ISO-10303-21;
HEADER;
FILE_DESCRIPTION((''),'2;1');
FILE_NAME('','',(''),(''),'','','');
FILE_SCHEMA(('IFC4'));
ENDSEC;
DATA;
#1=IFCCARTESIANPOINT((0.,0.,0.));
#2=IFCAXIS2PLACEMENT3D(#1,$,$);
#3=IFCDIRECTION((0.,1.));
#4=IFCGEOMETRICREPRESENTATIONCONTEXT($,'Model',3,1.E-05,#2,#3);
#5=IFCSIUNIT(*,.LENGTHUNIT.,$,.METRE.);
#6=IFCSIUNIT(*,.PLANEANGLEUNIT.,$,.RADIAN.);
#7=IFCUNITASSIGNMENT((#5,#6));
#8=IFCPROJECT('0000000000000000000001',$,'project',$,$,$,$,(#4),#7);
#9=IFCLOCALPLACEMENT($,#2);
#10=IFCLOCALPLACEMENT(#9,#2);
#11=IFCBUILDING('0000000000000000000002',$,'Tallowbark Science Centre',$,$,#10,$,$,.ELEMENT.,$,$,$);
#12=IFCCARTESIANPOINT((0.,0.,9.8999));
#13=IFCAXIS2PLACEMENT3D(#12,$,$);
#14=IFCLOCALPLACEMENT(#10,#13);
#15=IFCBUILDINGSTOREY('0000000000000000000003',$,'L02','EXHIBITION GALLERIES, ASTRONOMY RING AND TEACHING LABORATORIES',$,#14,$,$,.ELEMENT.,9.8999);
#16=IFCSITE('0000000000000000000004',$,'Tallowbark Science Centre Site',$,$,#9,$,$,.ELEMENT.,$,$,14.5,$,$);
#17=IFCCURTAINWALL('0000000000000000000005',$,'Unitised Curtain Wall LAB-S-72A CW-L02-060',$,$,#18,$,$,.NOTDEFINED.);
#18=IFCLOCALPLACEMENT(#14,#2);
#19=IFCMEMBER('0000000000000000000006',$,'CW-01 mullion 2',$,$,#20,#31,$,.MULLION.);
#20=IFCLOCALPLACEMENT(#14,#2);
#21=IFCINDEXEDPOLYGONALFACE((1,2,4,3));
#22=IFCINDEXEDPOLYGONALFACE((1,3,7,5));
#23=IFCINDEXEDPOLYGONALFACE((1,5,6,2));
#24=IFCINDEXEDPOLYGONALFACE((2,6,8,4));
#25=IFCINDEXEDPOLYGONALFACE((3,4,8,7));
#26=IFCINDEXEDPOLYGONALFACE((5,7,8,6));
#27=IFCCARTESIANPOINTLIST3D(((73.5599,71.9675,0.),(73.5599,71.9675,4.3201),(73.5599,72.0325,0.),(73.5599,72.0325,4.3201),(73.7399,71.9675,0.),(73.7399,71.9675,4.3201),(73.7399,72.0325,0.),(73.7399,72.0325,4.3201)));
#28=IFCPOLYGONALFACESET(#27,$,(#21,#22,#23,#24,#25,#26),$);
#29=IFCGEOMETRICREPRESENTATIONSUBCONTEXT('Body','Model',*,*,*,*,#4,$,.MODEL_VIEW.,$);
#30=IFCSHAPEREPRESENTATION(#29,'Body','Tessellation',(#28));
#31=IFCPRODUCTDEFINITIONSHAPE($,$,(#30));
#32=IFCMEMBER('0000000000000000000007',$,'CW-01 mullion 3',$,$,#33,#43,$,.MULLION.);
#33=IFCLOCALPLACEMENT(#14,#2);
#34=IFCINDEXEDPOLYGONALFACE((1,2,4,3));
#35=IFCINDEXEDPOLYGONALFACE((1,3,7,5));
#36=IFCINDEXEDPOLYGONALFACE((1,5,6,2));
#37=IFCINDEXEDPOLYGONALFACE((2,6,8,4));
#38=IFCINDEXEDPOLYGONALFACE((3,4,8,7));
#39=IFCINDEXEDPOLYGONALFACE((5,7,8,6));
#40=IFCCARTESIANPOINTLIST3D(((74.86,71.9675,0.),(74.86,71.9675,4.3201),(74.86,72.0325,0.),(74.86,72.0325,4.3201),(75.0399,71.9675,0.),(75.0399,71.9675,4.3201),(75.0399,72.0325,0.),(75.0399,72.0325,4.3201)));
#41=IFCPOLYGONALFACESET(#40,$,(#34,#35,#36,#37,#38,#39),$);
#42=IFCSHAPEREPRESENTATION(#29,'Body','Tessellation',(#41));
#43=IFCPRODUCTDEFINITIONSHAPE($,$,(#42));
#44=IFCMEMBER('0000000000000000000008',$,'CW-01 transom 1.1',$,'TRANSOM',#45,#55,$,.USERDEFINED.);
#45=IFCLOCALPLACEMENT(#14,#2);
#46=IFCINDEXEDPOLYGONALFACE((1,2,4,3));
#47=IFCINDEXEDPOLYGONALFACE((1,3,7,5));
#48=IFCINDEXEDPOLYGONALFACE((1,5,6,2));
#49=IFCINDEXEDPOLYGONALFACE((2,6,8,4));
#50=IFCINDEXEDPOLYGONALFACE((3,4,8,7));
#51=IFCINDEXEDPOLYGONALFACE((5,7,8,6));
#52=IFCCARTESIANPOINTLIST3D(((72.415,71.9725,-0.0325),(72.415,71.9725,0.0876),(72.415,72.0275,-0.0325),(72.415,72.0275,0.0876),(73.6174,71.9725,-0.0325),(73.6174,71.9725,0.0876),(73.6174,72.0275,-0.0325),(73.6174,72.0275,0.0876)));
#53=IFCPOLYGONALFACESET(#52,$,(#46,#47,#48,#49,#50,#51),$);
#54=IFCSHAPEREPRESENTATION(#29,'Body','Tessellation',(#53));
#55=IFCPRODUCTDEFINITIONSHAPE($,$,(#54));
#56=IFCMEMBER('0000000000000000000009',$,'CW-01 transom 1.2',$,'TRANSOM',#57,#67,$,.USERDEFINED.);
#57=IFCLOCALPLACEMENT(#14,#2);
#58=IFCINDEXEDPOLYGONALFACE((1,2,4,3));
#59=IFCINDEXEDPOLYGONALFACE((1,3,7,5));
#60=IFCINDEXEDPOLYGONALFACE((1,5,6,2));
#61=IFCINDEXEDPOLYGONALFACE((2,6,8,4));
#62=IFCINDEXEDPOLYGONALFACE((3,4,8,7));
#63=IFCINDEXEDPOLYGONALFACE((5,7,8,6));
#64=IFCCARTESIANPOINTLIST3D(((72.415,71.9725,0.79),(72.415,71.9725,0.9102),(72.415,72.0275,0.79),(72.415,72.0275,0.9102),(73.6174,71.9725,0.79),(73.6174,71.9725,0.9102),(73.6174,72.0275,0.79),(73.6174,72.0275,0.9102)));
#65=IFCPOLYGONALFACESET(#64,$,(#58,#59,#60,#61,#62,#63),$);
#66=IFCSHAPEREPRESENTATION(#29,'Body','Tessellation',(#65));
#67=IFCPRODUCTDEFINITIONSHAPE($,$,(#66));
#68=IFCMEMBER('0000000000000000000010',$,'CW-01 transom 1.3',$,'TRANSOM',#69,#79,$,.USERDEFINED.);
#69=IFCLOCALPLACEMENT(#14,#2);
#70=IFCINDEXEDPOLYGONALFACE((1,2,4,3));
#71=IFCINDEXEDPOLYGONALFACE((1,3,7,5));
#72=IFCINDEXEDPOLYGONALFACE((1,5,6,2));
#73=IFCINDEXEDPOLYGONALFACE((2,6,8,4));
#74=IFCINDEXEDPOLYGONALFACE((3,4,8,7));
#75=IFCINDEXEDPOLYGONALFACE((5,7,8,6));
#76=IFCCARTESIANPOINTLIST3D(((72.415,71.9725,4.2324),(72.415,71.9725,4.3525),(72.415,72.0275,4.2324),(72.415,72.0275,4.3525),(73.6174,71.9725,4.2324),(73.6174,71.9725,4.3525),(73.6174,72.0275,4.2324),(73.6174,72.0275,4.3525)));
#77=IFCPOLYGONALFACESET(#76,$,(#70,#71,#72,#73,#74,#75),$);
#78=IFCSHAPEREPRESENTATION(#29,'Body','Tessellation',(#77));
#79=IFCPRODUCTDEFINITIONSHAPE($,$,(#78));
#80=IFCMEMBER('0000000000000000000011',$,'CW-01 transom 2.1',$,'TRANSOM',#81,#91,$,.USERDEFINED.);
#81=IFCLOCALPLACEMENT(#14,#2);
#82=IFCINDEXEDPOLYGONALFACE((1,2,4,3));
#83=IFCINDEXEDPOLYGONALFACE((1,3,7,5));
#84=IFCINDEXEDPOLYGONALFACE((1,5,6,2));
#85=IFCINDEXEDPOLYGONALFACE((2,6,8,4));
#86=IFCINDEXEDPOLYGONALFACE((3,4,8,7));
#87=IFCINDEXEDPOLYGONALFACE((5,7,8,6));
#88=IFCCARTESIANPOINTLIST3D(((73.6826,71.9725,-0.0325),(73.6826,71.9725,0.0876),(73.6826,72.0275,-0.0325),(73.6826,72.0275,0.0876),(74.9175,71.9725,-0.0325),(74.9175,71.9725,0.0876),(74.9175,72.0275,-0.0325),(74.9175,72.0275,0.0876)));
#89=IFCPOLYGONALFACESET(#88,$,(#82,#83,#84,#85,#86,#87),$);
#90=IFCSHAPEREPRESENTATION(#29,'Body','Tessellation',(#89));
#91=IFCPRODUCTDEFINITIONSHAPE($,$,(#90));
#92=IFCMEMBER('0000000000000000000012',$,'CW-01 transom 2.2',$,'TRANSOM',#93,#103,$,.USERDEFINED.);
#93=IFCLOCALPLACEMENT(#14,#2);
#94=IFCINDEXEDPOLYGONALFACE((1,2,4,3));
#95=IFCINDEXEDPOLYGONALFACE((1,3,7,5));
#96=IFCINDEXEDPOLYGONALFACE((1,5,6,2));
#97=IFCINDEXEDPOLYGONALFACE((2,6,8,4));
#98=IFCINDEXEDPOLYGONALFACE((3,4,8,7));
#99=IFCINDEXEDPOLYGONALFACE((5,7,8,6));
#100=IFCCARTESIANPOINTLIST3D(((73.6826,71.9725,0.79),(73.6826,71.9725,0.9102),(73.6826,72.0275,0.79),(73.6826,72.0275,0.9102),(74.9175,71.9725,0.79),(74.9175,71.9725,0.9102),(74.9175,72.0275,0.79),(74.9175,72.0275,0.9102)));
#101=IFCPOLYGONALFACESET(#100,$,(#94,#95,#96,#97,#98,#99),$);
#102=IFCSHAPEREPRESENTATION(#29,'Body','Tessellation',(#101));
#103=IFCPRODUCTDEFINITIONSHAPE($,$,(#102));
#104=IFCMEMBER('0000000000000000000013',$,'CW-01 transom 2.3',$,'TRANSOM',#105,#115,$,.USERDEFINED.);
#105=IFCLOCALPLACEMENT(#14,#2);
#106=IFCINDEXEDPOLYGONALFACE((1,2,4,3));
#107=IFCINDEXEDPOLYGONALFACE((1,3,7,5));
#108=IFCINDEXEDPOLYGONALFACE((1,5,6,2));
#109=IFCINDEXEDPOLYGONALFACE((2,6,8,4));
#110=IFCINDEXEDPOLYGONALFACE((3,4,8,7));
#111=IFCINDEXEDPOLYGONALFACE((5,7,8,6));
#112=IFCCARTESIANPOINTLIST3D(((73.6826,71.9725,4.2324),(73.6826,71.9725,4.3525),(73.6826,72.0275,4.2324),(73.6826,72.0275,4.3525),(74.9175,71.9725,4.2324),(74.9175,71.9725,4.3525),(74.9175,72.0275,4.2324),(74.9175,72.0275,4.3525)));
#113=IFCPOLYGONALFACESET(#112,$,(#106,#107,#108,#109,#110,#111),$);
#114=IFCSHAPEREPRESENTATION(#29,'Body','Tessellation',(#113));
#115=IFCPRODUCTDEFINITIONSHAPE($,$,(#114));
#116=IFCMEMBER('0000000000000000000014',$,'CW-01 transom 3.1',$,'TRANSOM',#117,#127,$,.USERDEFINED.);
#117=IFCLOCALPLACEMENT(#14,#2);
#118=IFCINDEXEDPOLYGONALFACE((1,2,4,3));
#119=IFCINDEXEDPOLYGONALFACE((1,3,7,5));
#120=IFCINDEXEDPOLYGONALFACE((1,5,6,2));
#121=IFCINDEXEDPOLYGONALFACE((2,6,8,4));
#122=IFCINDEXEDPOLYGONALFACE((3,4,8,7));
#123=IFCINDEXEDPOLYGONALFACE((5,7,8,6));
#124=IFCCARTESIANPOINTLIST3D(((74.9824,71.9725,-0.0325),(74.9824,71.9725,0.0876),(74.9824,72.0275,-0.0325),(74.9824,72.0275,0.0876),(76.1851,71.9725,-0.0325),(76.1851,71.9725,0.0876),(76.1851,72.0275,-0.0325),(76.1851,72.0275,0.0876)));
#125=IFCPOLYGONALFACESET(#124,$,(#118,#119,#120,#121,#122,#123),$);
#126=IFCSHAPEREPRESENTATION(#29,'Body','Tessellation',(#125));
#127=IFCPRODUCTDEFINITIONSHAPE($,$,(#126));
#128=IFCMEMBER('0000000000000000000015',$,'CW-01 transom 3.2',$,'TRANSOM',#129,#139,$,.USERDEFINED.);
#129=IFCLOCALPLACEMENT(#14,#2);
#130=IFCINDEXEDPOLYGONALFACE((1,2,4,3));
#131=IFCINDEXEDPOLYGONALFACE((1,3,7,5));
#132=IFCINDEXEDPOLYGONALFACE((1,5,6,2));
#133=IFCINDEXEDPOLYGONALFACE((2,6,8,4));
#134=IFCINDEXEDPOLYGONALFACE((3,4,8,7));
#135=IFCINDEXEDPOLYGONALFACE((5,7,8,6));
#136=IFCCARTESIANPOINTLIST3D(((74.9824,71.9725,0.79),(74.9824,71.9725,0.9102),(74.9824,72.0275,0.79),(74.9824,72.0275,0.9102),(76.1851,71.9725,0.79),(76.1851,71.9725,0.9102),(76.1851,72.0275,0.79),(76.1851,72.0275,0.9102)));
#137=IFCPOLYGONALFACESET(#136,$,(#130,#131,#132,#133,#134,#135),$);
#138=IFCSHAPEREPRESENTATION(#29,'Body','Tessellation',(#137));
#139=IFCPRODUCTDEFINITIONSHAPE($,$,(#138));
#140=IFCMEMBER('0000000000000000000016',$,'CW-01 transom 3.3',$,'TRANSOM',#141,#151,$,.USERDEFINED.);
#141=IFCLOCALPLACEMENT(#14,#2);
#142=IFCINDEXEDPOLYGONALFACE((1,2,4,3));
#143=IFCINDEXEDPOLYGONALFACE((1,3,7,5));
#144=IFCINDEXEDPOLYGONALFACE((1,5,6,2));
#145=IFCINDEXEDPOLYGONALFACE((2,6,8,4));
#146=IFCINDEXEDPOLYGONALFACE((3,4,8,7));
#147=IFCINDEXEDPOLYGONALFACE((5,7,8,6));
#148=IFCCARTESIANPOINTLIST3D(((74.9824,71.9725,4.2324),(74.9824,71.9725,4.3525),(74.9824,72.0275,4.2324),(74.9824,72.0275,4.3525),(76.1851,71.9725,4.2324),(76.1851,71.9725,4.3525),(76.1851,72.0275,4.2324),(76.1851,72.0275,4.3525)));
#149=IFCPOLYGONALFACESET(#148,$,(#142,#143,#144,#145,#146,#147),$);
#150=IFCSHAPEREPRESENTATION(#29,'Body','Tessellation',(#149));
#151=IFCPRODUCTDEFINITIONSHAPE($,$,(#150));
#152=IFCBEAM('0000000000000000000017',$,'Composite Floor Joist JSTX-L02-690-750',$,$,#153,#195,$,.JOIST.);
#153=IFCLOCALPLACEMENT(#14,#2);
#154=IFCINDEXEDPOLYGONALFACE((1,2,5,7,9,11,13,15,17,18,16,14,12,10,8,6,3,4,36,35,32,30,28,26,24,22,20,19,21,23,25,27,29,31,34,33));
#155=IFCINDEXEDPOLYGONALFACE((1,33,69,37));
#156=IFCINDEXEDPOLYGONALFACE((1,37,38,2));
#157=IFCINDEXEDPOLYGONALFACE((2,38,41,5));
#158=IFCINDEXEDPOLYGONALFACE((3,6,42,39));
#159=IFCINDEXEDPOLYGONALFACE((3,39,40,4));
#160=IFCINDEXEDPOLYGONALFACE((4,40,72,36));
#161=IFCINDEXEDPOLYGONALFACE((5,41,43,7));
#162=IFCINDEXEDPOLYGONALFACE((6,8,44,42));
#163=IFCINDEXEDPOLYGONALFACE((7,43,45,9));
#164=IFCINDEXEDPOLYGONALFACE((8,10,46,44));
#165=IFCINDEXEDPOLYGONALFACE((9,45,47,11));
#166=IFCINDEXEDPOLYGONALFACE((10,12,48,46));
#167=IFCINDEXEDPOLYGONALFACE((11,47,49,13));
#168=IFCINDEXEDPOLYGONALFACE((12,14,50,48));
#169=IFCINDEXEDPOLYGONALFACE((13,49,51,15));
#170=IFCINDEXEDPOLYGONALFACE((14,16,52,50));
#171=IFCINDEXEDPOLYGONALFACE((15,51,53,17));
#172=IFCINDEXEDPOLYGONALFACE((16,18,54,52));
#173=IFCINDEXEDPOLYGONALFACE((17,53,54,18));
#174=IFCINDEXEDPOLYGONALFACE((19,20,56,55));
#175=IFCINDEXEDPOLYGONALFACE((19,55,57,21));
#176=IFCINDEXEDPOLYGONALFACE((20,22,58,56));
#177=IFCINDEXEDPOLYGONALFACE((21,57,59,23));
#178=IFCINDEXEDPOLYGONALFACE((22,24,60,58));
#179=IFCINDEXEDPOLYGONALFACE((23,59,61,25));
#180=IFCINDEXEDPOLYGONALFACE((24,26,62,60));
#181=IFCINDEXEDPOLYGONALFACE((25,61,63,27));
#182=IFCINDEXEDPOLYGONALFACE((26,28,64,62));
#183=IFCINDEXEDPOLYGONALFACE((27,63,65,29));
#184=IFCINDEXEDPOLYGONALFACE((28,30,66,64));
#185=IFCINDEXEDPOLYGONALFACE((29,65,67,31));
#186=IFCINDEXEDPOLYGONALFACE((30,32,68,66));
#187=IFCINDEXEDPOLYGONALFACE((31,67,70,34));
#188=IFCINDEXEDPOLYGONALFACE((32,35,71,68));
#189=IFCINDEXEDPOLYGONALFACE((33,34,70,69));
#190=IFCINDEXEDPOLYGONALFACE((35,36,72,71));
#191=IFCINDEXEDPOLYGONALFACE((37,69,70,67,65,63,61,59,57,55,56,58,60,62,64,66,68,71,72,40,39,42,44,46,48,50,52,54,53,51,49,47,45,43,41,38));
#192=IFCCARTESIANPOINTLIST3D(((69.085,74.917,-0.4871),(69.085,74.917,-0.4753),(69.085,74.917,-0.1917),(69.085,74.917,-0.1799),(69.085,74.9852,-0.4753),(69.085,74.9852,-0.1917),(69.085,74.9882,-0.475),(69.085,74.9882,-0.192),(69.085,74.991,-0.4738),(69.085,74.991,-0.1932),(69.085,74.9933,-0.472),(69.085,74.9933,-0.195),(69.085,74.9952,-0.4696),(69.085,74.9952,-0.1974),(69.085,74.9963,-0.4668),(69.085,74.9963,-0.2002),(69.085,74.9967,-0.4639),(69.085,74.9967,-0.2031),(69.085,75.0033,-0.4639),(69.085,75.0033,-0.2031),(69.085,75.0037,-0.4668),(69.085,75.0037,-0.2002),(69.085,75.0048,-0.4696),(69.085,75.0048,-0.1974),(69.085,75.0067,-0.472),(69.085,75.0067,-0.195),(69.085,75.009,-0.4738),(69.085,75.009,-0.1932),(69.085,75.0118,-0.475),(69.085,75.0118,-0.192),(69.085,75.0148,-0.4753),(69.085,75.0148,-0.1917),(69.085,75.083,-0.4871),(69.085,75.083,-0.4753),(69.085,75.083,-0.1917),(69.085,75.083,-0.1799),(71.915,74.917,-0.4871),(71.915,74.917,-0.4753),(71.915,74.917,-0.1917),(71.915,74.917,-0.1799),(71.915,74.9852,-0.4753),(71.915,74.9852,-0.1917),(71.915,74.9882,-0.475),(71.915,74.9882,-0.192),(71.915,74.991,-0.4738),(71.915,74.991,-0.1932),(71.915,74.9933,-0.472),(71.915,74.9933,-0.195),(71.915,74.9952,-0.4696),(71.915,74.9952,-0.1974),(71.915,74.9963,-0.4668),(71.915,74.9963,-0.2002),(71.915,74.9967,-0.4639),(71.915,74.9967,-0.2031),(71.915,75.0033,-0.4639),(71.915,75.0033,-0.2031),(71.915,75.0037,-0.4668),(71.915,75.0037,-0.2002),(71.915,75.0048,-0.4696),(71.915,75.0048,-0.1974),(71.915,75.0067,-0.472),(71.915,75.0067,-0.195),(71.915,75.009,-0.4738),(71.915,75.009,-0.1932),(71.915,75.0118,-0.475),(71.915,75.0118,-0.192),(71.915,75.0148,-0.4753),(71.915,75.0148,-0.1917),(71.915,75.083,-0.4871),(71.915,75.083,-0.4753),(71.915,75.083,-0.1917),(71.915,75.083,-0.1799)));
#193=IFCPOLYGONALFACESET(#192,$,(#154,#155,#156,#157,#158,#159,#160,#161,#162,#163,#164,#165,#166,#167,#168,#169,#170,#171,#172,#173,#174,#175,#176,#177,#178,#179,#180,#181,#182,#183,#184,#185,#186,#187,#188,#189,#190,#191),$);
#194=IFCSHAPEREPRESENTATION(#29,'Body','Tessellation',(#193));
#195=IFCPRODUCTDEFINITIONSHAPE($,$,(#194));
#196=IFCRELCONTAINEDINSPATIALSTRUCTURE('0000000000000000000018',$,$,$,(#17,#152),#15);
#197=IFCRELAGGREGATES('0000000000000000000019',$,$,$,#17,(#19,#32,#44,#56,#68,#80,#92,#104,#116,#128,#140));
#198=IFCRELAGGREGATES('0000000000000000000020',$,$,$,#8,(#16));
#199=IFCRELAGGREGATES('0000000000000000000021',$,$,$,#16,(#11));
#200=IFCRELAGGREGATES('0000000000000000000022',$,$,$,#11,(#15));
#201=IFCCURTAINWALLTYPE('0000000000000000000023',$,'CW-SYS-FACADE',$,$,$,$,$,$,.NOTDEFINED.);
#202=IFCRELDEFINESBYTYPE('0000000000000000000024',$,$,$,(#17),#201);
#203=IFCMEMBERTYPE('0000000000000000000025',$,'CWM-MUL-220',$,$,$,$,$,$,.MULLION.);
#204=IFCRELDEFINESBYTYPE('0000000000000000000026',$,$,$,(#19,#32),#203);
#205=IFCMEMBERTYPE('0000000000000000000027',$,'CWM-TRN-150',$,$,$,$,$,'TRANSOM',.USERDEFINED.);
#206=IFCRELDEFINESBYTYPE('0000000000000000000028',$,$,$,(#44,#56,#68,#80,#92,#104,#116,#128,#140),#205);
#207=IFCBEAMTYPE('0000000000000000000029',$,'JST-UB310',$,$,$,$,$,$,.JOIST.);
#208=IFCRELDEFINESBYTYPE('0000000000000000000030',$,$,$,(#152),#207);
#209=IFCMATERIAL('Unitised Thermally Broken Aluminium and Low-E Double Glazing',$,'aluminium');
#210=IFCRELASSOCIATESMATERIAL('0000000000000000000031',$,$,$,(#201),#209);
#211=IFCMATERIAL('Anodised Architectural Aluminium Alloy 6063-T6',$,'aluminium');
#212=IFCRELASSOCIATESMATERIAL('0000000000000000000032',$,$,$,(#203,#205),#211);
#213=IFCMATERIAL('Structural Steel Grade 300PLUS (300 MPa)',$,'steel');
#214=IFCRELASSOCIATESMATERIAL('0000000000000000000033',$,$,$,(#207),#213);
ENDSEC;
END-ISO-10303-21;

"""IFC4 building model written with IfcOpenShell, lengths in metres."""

from ifc_helpers import new_model, si_unit, direction, frame, origin, origin_2d, place, context, subcontext, project, spatial, rectangle, i_section, extrude, material, material_profile, profile_set, type_object, element, aggregate, save


model = new_model("IFC4")

# Units and contexts
model_context = context("Model", 3, precision=1e-05, world=origin(), true_north=direction((0.0, 1.0)))
body_context = subcontext(model_context, "Body", "Model", "MODEL_VIEW")
ifc_project = project(units=[si_unit("LENGTHUNIT", "METRE"), si_unit("PLANEANGLEUNIT", "RADIAN")], contexts=[model_context])

# Site, building, storey
site_placement = place(None, origin())
site = spatial("IfcSite", under=ifc_project, at=site_placement, Name="Tallowbark Science Centre Site", CompositionType="ELEMENT", RefElevation=14.5)
building_placement = place(site_placement, origin())
building = spatial("IfcBuilding", under=site, at=building_placement, Name="Tallowbark Science Centre", CompositionType="ELEMENT")
storey_placement = place(building_placement, frame((0.0, 0.0, 9.8999)))
storey = spatial("IfcBuildingStorey", under=building, at=storey_placement, Name="L02", Description="EXHIBITION GALLERIES, ASTRONOMY RING AND TEACHING LABORATORIES", CompositionType="ELEMENT", Elevation=9.8999)

# Curtain wall, members
ifc_material_1 = material(Name="Unitised Thermally Broken Aluminium and Low-E Double Glazing", Category="aluminium")
curtain_wall_type = type_object("IfcCurtainWallType", Name="CW-SYS-FACADE", PredefinedType="NOTDEFINED", material=ifc_material_1)
curtain_wall_placement = place(storey_placement, origin())
curtain_wall = element("IfcCurtainWall", 1, at=curtain_wall_placement, inside=storey, type_object=curtain_wall_type, Name="Unitised Curtain Wall LAB-S-72A CW-L02-060", PredefinedType="NOTDEFINED")
ifc_material_2 = material(Name="Anodised Architectural Aluminium Alloy 6063-T6", Category="aluminium")
ifc_material_profile_1 = material_profile(ifc_material_2, rectangle(XDim=0.0649, YDim=0.1799, at=origin_2d()), Name="ALU65x180")
ifc_profile_set_1 = profile_set([ifc_material_profile_1], Name="Anodised Architectural Aluminium Alloy 6063-T6")
member_type_1 = type_object("IfcMemberType", Name="CWM-MUL-220", PredefinedType="MULLION", material=ifc_profile_set_1)
member_1_placement = place(storey_placement, frame((73.6499, 72.0, 0.0), z_axis=(0.0, 0.0, 1.0), x_axis=(0.0, 1.0, 0.0)))
member_1 = element("IfcMember", 2, at=member_1_placement, type_object=member_type_1, Name="CW-01 mullion 2", PredefinedType="MULLION", context=body_context, shape_type="SweptSolid", body=[
    extrude(rectangle(XDim=0.0649, YDim=0.1799, at=origin_2d()), origin(), (0.0, 0.0, 1.0), 4.3201),
])
member_2_placement = place(storey_placement, frame((74.95, 72.0, 0.0), z_axis=(0.0, 0.0, 1.0), x_axis=(0.0, 1.0, 0.0)))
member_2 = element("IfcMember", 3, at=member_2_placement, type_object=member_type_1, Name="CW-01 mullion 3", PredefinedType="MULLION", context=body_context, shape_type="SweptSolid", body=[
    extrude(rectangle(XDim=0.0649, YDim=0.1799, at=origin_2d()), origin(), (0.0, 0.0, 1.0), 4.3201),
])
ifc_material_profile_2 = material_profile(ifc_material_2, rectangle(XDim=0.0549, YDim=0.1201, at=origin_2d()), Name="ALU55x120")
ifc_profile_set_2 = profile_set([ifc_material_profile_2], Name="Anodised Architectural Aluminium Alloy 6063-T6")
member_type_2 = type_object("IfcMemberType", Name="CWM-TRN-150", ElementType="TRANSOM", PredefinedType="USERDEFINED", material=ifc_profile_set_2)
member_3_placement = place(storey_placement, frame((72.415, 72.0, 0.0276), z_axis=(1.0, 0.0, 0.0), x_axis=(0.0, 1.0, 0.0)))
member_3 = element("IfcMember", 4, at=member_3_placement, type_object=member_type_2, Name="CW-01 transom 1.1", ObjectType="TRANSOM", PredefinedType="USERDEFINED", context=body_context, shape_type="SweptSolid", body=[
    extrude(rectangle(XDim=0.0549, YDim=0.1201, at=origin_2d()), origin(), (0.0, 0.0, 1.0), 1.2024),
])
member_4_placement = place(storey_placement, frame((72.415, 72.0, 0.8501), z_axis=(1.0, 0.0, 0.0), x_axis=(0.0, 1.0, 0.0)))
member_4 = element("IfcMember", 5, at=member_4_placement, type_object=member_type_2, Name="CW-01 transom 1.2", ObjectType="TRANSOM", PredefinedType="USERDEFINED", context=body_context, shape_type="SweptSolid", body=[
    extrude(rectangle(XDim=0.0549, YDim=0.1201, at=origin_2d()), origin(), (0.0, 0.0, 1.0), 1.2024),
])
member_5_placement = place(storey_placement, frame((72.415, 72.0, 4.2925), z_axis=(1.0, 0.0, 0.0), x_axis=(0.0, 1.0, 0.0)))
member_5 = element("IfcMember", 6, at=member_5_placement, type_object=member_type_2, Name="CW-01 transom 1.3", ObjectType="TRANSOM", PredefinedType="USERDEFINED", context=body_context, shape_type="SweptSolid", body=[
    extrude(rectangle(XDim=0.0549, YDim=0.1201, at=origin_2d()), origin(), (0.0, 0.0, 1.0), 1.2024),
])
member_6_placement = place(storey_placement, frame((73.6826, 72.0, 0.0276), z_axis=(1.0, 0.0, 0.0), x_axis=(0.0, 1.0, 0.0)))
member_6 = element("IfcMember", 7, at=member_6_placement, type_object=member_type_2, Name="CW-01 transom 2.1", ObjectType="TRANSOM", PredefinedType="USERDEFINED", context=body_context, shape_type="SweptSolid", body=[
    extrude(rectangle(XDim=0.0549, YDim=0.1201, at=origin_2d()), origin(), (0.0, 0.0, 1.0), 1.2349),
])
member_7_placement = place(storey_placement, frame((73.6826, 72.0, 0.8501), z_axis=(1.0, 0.0, 0.0), x_axis=(0.0, 1.0, 0.0)))
member_7 = element("IfcMember", 8, at=member_7_placement, type_object=member_type_2, Name="CW-01 transom 2.2", ObjectType="TRANSOM", PredefinedType="USERDEFINED", context=body_context, shape_type="SweptSolid", body=[
    extrude(rectangle(XDim=0.0549, YDim=0.1201, at=origin_2d()), origin(), (0.0, 0.0, 1.0), 1.2349),
])
member_8_placement = place(storey_placement, frame((73.6826, 72.0, 4.2925), z_axis=(1.0, 0.0, 0.0), x_axis=(0.0, 1.0, 0.0)))
member_8 = element("IfcMember", 9, at=member_8_placement, type_object=member_type_2, Name="CW-01 transom 2.3", ObjectType="TRANSOM", PredefinedType="USERDEFINED", context=body_context, shape_type="SweptSolid", body=[
    extrude(rectangle(XDim=0.0549, YDim=0.1201, at=origin_2d()), origin(), (0.0, 0.0, 1.0), 1.2349),
])
member_9_placement = place(storey_placement, frame((74.9824, 72.0, 0.0276), z_axis=(1.0, 0.0, 0.0), x_axis=(0.0, 1.0, 0.0)))
member_9 = element("IfcMember", 10, at=member_9_placement, type_object=member_type_2, Name="CW-01 transom 3.1", ObjectType="TRANSOM", PredefinedType="USERDEFINED", context=body_context, shape_type="SweptSolid", body=[
    extrude(rectangle(XDim=0.0549, YDim=0.1201, at=origin_2d()), origin(), (0.0, 0.0, 1.0), 1.2026),
])
member_10_placement = place(storey_placement, frame((74.9824, 72.0, 0.8501), z_axis=(1.0, 0.0, 0.0), x_axis=(0.0, 1.0, 0.0)))
member_10 = element("IfcMember", 11, at=member_10_placement, type_object=member_type_2, Name="CW-01 transom 3.2", ObjectType="TRANSOM", PredefinedType="USERDEFINED", context=body_context, shape_type="SweptSolid", body=[
    extrude(rectangle(XDim=0.0549, YDim=0.1201, at=origin_2d()), origin(), (0.0, 0.0, 1.0), 1.2026),
])
member_11_placement = place(storey_placement, frame((74.9824, 72.0, 4.2925), z_axis=(1.0, 0.0, 0.0), x_axis=(0.0, 1.0, 0.0)))
member_11 = element("IfcMember", 12, at=member_11_placement, type_object=member_type_2, Name="CW-01 transom 3.3", ObjectType="TRANSOM", PredefinedType="USERDEFINED", context=body_context, shape_type="SweptSolid", body=[
    extrude(rectangle(XDim=0.0549, YDim=0.1201, at=origin_2d()), origin(), (0.0, 0.0, 1.0), 1.2026),
])

# Beam
ifc_material_3 = material(Name="Structural Steel Grade 300PLUS (300 MPa)", Category="steel")
ifc_material_profile_3 = material_profile(ifc_material_3, i_section(OverallWidth=0.166, OverallDepth=0.3071, WebThickness=0.0066, FlangeThickness=0.0117, FilletRadius=0.0115, at=origin_2d()), Name="310UB46.2")
ifc_profile_set_3 = profile_set([ifc_material_profile_3], Name="Structural Steel Grade 300PLUS (300 MPa)")
beam_type = type_object("IfcBeamType", Name="JST-UB310", PredefinedType="JOIST", material=ifc_profile_set_3)
for number, where, z_axis, x_axis, name in (
    (13, (69.085, 75.0, -0.3335), (1.0, 0.0, 0.0), (0.0, 1.0, 0.0), "Composite Floor Joist JSTX-L02-690-750"),
):
    element("IfcBeam", number, at=place(storey_placement, frame(where, z_axis=z_axis, x_axis=x_axis)), inside=storey, type_object=beam_type, Name=name, PredefinedType="JOIST", context=body_context, shape_type="SweptSolid", body=[
        extrude(i_section(OverallWidth=0.166, OverallDepth=0.3071, WebThickness=0.0066, FlangeThickness=0.0117, FilletRadius=0.0115, at=origin_2d()), origin(), (0.0, 0.0, 1.0), 2.8301),
    ])

aggregate(curtain_wall, [member_1, member_2, member_3, member_4, member_5, member_6, member_7, member_8, member_9, member_10, member_11])

save(model, "model.ifc")
